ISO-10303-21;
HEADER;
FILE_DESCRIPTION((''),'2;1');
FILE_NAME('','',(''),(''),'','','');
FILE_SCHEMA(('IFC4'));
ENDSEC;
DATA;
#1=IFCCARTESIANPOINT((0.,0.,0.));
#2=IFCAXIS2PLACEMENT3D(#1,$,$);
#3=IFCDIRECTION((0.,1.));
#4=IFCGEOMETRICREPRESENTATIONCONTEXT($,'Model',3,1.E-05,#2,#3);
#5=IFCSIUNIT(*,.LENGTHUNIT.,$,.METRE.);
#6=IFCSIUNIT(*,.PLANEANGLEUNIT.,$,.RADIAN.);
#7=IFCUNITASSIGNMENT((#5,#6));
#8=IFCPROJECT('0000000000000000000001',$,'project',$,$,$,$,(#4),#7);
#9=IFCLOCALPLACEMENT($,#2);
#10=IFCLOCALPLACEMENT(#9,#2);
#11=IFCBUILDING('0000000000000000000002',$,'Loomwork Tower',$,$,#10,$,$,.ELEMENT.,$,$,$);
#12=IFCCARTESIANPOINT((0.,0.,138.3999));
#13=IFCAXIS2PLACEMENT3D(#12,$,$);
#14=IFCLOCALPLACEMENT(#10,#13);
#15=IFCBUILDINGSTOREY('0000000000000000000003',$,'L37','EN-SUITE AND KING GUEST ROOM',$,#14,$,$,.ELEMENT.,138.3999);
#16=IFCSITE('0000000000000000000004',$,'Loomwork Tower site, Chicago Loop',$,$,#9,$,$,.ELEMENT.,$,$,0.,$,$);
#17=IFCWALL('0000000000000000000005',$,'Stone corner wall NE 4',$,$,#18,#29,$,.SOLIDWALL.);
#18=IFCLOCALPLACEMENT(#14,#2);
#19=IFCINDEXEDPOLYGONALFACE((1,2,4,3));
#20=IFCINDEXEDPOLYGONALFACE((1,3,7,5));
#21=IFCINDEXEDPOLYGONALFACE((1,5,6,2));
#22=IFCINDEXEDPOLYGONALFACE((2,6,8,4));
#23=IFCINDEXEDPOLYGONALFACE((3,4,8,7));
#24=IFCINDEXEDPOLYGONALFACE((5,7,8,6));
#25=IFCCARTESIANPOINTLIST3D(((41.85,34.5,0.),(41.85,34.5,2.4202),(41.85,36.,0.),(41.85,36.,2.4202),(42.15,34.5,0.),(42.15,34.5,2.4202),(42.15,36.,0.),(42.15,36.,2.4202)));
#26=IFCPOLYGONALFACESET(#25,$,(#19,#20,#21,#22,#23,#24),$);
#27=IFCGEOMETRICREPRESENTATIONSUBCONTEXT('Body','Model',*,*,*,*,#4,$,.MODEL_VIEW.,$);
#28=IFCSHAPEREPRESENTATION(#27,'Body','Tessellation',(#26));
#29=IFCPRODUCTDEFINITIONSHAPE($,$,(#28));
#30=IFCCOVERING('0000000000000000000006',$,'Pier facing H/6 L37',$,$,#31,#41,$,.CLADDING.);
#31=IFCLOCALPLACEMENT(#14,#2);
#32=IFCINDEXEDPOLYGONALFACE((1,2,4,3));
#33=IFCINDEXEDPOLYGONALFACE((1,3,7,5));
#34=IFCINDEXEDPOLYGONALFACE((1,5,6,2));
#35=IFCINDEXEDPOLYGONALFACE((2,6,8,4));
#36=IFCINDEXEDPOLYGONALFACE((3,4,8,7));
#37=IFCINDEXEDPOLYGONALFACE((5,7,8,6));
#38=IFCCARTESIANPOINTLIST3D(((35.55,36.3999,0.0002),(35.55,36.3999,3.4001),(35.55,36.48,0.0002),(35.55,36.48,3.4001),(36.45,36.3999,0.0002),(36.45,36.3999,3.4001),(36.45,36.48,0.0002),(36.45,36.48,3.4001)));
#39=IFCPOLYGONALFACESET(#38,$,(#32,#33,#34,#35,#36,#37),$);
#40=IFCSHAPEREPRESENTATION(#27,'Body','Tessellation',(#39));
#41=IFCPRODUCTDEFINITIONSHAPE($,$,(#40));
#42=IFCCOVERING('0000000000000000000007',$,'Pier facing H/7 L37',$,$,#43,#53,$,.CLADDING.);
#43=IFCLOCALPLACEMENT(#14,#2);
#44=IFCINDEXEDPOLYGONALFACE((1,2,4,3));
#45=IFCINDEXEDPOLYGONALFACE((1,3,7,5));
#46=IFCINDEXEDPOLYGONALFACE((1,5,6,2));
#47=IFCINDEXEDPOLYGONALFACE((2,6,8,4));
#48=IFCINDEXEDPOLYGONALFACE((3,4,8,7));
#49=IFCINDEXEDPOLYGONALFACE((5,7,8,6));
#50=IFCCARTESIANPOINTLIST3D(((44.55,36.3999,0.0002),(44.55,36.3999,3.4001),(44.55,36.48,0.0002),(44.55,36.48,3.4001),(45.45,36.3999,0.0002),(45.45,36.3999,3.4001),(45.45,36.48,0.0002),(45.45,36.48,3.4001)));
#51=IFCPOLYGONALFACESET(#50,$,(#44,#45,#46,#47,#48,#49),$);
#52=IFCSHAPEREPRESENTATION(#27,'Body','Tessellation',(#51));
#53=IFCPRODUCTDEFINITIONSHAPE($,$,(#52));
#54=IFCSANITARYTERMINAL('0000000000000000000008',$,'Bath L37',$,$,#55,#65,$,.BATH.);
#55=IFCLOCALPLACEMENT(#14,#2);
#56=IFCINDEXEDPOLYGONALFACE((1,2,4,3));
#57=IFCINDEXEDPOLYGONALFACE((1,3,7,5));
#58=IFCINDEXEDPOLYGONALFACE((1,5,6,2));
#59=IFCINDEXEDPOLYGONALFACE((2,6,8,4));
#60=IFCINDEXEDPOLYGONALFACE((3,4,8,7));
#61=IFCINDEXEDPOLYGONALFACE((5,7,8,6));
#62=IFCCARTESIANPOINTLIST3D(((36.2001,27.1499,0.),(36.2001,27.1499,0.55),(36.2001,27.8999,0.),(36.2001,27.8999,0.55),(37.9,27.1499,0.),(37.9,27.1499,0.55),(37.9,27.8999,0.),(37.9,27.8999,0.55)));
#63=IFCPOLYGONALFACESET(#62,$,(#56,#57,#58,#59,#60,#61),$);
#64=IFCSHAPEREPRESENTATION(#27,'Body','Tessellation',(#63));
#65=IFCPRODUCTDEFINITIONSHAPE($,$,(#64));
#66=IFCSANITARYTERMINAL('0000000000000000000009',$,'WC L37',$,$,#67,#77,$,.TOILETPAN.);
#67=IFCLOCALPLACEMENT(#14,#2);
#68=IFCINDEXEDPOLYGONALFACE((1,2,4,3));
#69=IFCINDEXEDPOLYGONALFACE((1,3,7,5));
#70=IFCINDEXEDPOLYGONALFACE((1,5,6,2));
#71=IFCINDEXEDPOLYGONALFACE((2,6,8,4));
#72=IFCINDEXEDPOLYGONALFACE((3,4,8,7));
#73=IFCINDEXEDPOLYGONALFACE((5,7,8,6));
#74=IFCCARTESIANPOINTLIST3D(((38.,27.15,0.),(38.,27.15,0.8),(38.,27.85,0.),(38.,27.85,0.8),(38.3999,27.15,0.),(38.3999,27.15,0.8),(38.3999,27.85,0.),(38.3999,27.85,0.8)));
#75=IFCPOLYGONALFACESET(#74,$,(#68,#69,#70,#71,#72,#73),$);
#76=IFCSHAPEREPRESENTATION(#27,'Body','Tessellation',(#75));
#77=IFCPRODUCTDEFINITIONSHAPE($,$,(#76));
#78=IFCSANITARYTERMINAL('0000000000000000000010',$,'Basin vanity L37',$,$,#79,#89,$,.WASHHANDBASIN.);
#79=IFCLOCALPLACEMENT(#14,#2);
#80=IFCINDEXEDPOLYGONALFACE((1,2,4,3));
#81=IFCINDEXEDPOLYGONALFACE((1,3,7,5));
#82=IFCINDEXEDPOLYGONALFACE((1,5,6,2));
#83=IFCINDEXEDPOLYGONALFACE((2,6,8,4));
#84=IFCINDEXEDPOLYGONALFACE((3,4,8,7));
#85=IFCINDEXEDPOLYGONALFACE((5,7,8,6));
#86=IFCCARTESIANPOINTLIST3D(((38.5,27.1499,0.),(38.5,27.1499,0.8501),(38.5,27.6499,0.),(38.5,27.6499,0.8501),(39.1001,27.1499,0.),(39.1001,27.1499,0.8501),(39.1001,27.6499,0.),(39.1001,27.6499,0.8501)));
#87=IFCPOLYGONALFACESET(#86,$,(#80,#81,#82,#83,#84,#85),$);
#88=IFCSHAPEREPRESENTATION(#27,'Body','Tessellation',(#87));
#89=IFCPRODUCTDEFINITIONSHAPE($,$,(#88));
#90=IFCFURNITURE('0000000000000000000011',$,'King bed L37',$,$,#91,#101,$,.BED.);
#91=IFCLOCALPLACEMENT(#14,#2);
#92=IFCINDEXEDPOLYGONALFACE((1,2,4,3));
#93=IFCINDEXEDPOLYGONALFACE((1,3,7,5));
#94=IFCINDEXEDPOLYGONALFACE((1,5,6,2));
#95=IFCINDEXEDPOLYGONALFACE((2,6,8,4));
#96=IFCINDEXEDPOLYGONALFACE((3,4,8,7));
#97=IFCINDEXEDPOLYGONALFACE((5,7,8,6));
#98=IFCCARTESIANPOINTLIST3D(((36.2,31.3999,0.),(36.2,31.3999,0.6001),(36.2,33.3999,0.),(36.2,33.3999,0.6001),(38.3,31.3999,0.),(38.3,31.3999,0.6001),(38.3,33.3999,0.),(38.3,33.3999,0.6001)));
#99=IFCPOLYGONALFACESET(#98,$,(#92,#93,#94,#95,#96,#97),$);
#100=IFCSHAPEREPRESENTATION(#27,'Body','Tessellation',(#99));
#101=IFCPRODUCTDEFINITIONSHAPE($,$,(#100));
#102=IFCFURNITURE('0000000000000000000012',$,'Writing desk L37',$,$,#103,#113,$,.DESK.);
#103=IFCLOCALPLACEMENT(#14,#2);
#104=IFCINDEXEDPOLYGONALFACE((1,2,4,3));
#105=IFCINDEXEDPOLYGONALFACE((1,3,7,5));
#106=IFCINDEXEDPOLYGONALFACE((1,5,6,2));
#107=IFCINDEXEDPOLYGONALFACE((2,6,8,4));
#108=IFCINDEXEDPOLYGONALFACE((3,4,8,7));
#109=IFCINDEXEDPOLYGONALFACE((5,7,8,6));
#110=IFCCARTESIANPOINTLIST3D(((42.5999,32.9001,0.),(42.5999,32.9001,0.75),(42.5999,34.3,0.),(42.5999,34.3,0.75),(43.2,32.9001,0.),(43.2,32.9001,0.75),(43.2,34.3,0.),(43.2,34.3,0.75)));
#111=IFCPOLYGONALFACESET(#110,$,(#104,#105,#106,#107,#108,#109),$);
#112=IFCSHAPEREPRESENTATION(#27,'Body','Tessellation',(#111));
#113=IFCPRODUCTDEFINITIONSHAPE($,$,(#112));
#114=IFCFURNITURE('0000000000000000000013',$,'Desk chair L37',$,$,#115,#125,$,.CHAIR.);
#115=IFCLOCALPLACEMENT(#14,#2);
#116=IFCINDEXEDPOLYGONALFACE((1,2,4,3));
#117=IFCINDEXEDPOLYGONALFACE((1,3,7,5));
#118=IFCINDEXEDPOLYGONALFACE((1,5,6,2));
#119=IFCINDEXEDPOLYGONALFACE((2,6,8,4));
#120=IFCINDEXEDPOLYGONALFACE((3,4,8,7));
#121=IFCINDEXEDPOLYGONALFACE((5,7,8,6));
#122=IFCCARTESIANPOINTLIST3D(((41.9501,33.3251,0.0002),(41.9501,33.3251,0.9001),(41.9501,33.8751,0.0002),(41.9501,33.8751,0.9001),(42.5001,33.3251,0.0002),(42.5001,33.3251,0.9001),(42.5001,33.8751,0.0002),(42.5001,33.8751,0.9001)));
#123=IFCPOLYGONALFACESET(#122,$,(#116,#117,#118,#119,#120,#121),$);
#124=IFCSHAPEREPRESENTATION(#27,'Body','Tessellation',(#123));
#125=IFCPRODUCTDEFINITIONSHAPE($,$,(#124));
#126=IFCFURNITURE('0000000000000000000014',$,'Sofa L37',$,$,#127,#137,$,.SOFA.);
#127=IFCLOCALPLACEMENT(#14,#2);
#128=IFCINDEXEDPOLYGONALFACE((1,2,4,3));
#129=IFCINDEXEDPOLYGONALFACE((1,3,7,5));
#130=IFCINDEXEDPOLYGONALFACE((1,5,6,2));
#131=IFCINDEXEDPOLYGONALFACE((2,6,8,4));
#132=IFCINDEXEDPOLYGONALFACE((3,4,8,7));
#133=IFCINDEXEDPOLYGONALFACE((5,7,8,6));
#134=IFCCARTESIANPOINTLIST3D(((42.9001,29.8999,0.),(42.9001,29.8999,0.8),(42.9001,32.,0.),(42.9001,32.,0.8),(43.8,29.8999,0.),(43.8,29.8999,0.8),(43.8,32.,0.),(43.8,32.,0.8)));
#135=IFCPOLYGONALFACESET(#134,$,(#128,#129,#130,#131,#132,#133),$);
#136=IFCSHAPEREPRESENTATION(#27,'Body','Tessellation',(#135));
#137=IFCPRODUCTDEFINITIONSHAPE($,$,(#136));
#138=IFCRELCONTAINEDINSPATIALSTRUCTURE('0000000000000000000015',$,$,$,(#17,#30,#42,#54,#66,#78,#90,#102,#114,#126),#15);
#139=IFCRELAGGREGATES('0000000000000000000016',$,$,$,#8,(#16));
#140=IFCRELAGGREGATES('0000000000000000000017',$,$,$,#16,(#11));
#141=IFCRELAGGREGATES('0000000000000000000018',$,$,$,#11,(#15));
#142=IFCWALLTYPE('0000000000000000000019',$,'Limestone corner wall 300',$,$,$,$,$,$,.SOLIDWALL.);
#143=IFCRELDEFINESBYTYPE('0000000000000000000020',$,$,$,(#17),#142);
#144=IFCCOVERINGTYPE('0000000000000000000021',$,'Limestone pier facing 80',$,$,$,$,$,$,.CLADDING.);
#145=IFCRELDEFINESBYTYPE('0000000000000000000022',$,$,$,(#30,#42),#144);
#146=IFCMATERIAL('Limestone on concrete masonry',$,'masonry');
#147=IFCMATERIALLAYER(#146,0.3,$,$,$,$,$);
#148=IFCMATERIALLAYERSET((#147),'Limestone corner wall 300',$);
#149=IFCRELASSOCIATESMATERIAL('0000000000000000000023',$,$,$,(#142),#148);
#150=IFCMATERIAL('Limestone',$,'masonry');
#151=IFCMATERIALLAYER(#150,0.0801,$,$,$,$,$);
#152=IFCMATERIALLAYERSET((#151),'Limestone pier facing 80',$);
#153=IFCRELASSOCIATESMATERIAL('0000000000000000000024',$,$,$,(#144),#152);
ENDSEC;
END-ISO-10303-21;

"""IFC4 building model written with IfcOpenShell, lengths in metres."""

from ifc_helpers import new_model, si_unit, direction, frame, frame_2d, origin, origin_2d, place, context, subcontext, project, spatial, rectangle, extrude, material, layer, layer_set, type_object, element, save


model = new_model("IFC4")

# Units and contexts
model_context = context("Model", 3, precision=1e-05, world=origin(), true_north=direction((0.0, 1.0)))
body_context = subcontext(model_context, "Body", "Model", "MODEL_VIEW")
ifc_project = project(units=[si_unit("LENGTHUNIT", "METRE"), si_unit("PLANEANGLEUNIT", "RADIAN")], contexts=[model_context])

# Site, building, storey
site_placement = place(None, origin())
site = spatial("IfcSite", under=ifc_project, at=site_placement, Name="Loomwork Tower site, Chicago Loop", CompositionType="ELEMENT", RefElevation=0.0)
building_placement = place(site_placement, origin())
building = spatial("IfcBuilding", under=site, at=building_placement, Name="Loomwork Tower", CompositionType="ELEMENT")
storey_placement = place(building_placement, frame((0.0, 0.0, 138.3999)))
storey = spatial("IfcBuildingStorey", under=building, at=storey_placement, Name="L37", Description="EN-SUITE AND KING GUEST ROOM", CompositionType="ELEMENT", Elevation=138.3999)

# Shared definitions
ifc_material_1 = material(Name="Limestone on concrete masonry", Category="masonry")
ifc_layer_1 = layer(ifc_material_1, 0.3)
ifc_layer_set_1 = layer_set([ifc_layer_1], Name="Limestone corner wall 300")
wall_type_1 = type_object("IfcWallType", Name="Limestone corner wall 300", PredefinedType="SOLIDWALL", material=ifc_layer_set_1)

# Wall
wall_1_placement = place(storey_placement, frame((42.0, 34.5, 0.0), z_axis=(0.0, 0.0, 1.0), x_axis=(0.0, 1.0, 0.0)))
element("IfcWall", 1, at=wall_1_placement, inside=storey, type_object=wall_type_1, Name="Stone corner wall NE 4", PredefinedType="SOLIDWALL", context=body_context, shape_type="SweptSolid", body=[
    extrude(rectangle(XDim=1.5, YDim=0.3, at=frame_2d((0.75, 0.0))), origin(), (0.0, 0.0, 1.0), 2.4202),
])

# Coverings
ifc_material_2 = material(Name="Limestone", Category="masonry")
ifc_layer_2 = layer(ifc_material_2, 0.0801)
ifc_layer_set_2 = layer_set([ifc_layer_2], Name="Limestone pier facing 80")
covering_type = type_object("IfcCoveringType", Name="Limestone pier facing 80", PredefinedType="CLADDING", material=ifc_layer_set_2)
for number, where, z_axis, x_axis, name in (
    (2, (36.0, 36.4399, 0.0002), (0.0, 0.0, 1.0), (1.0, 0.0, 0.0), "Pier facing H/6 L37"),
    (3, (45.0, 36.4399, 0.0002), (0.0, 0.0, 1.0), (1.0, 0.0, 0.0), "Pier facing H/7 L37"),
):
    element("IfcCovering", number, at=place(storey_placement, frame(where, z_axis=z_axis, x_axis=x_axis)), inside=storey, type_object=covering_type, Name=name, PredefinedType="CLADDING", context=body_context, shape_type="SweptSolid", body=[
        extrude(rectangle(XDim=0.8999, YDim=0.0801, at=origin_2d()), origin(), (0.0, 0.0, 1.0), 3.3999),
    ])

# Sanitary terminals
sanitary_terminal_1_placement = place(storey_placement, frame((37.05, 27.5249, 0.0), z_axis=(0.0, 0.0, 1.0), x_axis=(1.0, 0.0, 0.0)))
element("IfcSanitaryTerminal", 4, at=sanitary_terminal_1_placement, inside=storey, Name="Bath L37", PredefinedType="BATH", context=body_context, shape_type="SweptSolid", body=[
    extrude(rectangle(XDim=1.7, YDim=0.75, at=origin_2d()), origin(), (0.0, 0.0, 1.0), 0.55),
])
sanitary_terminal_2_placement = place(storey_placement, frame((38.2, 27.5, 0.0), z_axis=(0.0, 0.0, 1.0), x_axis=(1.0, 0.0, 0.0)))
element("IfcSanitaryTerminal", 5, at=sanitary_terminal_2_placement, inside=storey, Name="WC L37", PredefinedType="TOILETPAN", context=body_context, shape_type="SweptSolid", body=[
    extrude(rectangle(XDim=0.3999, YDim=0.7, at=origin_2d()), origin(), (0.0, 0.0, 1.0), 0.8),
])
sanitary_terminal_3_placement = place(storey_placement, frame((38.8, 27.3999, 0.0), z_axis=(0.0, 0.0, 1.0), x_axis=(1.0, 0.0, 0.0)))
element("IfcSanitaryTerminal", 6, at=sanitary_terminal_3_placement, inside=storey, Name="Basin vanity L37", PredefinedType="WASHHANDBASIN", context=body_context, shape_type="SweptSolid", body=[
    extrude(rectangle(XDim=0.6001, YDim=0.5, at=origin_2d()), origin(), (0.0, 0.0, 1.0), 0.8501),
])

# Furniture
furniture_1_placement = place(storey_placement, frame((37.25, 32.3999, 0.0), z_axis=(0.0, 0.0, 1.0), x_axis=(1.0, 0.0, 0.0)))
element("IfcFurniture", 7, at=furniture_1_placement, inside=storey, Name="King bed L37", PredefinedType="BED", context=body_context, shape_type="SweptSolid", body=[
    extrude(rectangle(XDim=2.1001, YDim=2.0, at=origin_2d()), origin(), (0.0, 0.0, 1.0), 0.6001),
])
furniture_2_placement = place(storey_placement, frame((42.8999, 33.6001, 0.0), z_axis=(0.0, 0.0, 1.0), x_axis=(1.0, 0.0, 0.0)))
element("IfcFurniture", 8, at=furniture_2_placement, inside=storey, Name="Writing desk L37", PredefinedType="DESK", context=body_context, shape_type="SweptSolid", body=[
    extrude(rectangle(XDim=0.6001, YDim=1.3999, at=origin_2d()), origin(), (0.0, 0.0, 1.0), 0.75),
])
furniture_3_placement = place(storey_placement, frame((42.2251, 33.6001, 0.0002), z_axis=(0.0, 0.0, 1.0), x_axis=(1.0, 0.0, 0.0)))
element("IfcFurniture", 9, at=furniture_3_placement, inside=storey, Name="Desk chair L37", PredefinedType="CHAIR", context=body_context, shape_type="SweptSolid", body=[
    extrude(rectangle(XDim=0.55, YDim=0.55, at=origin_2d()), origin(), (0.0, 0.0, 1.0), 0.8999),
])
furniture_4_placement = place(storey_placement, frame((43.3501, 30.95, 0.0), z_axis=(0.0, 0.0, 1.0), x_axis=(1.0, 0.0, 0.0)))
element("IfcFurniture", 10, at=furniture_4_placement, inside=storey, Name="Sofa L37", PredefinedType="SOFA", context=body_context, shape_type="SweptSolid", body=[
    extrude(rectangle(XDim=0.8999, YDim=2.1001, at=origin_2d()), origin(), (0.0, 0.0, 1.0), 0.8),
])

save(model, "model.ifc")
